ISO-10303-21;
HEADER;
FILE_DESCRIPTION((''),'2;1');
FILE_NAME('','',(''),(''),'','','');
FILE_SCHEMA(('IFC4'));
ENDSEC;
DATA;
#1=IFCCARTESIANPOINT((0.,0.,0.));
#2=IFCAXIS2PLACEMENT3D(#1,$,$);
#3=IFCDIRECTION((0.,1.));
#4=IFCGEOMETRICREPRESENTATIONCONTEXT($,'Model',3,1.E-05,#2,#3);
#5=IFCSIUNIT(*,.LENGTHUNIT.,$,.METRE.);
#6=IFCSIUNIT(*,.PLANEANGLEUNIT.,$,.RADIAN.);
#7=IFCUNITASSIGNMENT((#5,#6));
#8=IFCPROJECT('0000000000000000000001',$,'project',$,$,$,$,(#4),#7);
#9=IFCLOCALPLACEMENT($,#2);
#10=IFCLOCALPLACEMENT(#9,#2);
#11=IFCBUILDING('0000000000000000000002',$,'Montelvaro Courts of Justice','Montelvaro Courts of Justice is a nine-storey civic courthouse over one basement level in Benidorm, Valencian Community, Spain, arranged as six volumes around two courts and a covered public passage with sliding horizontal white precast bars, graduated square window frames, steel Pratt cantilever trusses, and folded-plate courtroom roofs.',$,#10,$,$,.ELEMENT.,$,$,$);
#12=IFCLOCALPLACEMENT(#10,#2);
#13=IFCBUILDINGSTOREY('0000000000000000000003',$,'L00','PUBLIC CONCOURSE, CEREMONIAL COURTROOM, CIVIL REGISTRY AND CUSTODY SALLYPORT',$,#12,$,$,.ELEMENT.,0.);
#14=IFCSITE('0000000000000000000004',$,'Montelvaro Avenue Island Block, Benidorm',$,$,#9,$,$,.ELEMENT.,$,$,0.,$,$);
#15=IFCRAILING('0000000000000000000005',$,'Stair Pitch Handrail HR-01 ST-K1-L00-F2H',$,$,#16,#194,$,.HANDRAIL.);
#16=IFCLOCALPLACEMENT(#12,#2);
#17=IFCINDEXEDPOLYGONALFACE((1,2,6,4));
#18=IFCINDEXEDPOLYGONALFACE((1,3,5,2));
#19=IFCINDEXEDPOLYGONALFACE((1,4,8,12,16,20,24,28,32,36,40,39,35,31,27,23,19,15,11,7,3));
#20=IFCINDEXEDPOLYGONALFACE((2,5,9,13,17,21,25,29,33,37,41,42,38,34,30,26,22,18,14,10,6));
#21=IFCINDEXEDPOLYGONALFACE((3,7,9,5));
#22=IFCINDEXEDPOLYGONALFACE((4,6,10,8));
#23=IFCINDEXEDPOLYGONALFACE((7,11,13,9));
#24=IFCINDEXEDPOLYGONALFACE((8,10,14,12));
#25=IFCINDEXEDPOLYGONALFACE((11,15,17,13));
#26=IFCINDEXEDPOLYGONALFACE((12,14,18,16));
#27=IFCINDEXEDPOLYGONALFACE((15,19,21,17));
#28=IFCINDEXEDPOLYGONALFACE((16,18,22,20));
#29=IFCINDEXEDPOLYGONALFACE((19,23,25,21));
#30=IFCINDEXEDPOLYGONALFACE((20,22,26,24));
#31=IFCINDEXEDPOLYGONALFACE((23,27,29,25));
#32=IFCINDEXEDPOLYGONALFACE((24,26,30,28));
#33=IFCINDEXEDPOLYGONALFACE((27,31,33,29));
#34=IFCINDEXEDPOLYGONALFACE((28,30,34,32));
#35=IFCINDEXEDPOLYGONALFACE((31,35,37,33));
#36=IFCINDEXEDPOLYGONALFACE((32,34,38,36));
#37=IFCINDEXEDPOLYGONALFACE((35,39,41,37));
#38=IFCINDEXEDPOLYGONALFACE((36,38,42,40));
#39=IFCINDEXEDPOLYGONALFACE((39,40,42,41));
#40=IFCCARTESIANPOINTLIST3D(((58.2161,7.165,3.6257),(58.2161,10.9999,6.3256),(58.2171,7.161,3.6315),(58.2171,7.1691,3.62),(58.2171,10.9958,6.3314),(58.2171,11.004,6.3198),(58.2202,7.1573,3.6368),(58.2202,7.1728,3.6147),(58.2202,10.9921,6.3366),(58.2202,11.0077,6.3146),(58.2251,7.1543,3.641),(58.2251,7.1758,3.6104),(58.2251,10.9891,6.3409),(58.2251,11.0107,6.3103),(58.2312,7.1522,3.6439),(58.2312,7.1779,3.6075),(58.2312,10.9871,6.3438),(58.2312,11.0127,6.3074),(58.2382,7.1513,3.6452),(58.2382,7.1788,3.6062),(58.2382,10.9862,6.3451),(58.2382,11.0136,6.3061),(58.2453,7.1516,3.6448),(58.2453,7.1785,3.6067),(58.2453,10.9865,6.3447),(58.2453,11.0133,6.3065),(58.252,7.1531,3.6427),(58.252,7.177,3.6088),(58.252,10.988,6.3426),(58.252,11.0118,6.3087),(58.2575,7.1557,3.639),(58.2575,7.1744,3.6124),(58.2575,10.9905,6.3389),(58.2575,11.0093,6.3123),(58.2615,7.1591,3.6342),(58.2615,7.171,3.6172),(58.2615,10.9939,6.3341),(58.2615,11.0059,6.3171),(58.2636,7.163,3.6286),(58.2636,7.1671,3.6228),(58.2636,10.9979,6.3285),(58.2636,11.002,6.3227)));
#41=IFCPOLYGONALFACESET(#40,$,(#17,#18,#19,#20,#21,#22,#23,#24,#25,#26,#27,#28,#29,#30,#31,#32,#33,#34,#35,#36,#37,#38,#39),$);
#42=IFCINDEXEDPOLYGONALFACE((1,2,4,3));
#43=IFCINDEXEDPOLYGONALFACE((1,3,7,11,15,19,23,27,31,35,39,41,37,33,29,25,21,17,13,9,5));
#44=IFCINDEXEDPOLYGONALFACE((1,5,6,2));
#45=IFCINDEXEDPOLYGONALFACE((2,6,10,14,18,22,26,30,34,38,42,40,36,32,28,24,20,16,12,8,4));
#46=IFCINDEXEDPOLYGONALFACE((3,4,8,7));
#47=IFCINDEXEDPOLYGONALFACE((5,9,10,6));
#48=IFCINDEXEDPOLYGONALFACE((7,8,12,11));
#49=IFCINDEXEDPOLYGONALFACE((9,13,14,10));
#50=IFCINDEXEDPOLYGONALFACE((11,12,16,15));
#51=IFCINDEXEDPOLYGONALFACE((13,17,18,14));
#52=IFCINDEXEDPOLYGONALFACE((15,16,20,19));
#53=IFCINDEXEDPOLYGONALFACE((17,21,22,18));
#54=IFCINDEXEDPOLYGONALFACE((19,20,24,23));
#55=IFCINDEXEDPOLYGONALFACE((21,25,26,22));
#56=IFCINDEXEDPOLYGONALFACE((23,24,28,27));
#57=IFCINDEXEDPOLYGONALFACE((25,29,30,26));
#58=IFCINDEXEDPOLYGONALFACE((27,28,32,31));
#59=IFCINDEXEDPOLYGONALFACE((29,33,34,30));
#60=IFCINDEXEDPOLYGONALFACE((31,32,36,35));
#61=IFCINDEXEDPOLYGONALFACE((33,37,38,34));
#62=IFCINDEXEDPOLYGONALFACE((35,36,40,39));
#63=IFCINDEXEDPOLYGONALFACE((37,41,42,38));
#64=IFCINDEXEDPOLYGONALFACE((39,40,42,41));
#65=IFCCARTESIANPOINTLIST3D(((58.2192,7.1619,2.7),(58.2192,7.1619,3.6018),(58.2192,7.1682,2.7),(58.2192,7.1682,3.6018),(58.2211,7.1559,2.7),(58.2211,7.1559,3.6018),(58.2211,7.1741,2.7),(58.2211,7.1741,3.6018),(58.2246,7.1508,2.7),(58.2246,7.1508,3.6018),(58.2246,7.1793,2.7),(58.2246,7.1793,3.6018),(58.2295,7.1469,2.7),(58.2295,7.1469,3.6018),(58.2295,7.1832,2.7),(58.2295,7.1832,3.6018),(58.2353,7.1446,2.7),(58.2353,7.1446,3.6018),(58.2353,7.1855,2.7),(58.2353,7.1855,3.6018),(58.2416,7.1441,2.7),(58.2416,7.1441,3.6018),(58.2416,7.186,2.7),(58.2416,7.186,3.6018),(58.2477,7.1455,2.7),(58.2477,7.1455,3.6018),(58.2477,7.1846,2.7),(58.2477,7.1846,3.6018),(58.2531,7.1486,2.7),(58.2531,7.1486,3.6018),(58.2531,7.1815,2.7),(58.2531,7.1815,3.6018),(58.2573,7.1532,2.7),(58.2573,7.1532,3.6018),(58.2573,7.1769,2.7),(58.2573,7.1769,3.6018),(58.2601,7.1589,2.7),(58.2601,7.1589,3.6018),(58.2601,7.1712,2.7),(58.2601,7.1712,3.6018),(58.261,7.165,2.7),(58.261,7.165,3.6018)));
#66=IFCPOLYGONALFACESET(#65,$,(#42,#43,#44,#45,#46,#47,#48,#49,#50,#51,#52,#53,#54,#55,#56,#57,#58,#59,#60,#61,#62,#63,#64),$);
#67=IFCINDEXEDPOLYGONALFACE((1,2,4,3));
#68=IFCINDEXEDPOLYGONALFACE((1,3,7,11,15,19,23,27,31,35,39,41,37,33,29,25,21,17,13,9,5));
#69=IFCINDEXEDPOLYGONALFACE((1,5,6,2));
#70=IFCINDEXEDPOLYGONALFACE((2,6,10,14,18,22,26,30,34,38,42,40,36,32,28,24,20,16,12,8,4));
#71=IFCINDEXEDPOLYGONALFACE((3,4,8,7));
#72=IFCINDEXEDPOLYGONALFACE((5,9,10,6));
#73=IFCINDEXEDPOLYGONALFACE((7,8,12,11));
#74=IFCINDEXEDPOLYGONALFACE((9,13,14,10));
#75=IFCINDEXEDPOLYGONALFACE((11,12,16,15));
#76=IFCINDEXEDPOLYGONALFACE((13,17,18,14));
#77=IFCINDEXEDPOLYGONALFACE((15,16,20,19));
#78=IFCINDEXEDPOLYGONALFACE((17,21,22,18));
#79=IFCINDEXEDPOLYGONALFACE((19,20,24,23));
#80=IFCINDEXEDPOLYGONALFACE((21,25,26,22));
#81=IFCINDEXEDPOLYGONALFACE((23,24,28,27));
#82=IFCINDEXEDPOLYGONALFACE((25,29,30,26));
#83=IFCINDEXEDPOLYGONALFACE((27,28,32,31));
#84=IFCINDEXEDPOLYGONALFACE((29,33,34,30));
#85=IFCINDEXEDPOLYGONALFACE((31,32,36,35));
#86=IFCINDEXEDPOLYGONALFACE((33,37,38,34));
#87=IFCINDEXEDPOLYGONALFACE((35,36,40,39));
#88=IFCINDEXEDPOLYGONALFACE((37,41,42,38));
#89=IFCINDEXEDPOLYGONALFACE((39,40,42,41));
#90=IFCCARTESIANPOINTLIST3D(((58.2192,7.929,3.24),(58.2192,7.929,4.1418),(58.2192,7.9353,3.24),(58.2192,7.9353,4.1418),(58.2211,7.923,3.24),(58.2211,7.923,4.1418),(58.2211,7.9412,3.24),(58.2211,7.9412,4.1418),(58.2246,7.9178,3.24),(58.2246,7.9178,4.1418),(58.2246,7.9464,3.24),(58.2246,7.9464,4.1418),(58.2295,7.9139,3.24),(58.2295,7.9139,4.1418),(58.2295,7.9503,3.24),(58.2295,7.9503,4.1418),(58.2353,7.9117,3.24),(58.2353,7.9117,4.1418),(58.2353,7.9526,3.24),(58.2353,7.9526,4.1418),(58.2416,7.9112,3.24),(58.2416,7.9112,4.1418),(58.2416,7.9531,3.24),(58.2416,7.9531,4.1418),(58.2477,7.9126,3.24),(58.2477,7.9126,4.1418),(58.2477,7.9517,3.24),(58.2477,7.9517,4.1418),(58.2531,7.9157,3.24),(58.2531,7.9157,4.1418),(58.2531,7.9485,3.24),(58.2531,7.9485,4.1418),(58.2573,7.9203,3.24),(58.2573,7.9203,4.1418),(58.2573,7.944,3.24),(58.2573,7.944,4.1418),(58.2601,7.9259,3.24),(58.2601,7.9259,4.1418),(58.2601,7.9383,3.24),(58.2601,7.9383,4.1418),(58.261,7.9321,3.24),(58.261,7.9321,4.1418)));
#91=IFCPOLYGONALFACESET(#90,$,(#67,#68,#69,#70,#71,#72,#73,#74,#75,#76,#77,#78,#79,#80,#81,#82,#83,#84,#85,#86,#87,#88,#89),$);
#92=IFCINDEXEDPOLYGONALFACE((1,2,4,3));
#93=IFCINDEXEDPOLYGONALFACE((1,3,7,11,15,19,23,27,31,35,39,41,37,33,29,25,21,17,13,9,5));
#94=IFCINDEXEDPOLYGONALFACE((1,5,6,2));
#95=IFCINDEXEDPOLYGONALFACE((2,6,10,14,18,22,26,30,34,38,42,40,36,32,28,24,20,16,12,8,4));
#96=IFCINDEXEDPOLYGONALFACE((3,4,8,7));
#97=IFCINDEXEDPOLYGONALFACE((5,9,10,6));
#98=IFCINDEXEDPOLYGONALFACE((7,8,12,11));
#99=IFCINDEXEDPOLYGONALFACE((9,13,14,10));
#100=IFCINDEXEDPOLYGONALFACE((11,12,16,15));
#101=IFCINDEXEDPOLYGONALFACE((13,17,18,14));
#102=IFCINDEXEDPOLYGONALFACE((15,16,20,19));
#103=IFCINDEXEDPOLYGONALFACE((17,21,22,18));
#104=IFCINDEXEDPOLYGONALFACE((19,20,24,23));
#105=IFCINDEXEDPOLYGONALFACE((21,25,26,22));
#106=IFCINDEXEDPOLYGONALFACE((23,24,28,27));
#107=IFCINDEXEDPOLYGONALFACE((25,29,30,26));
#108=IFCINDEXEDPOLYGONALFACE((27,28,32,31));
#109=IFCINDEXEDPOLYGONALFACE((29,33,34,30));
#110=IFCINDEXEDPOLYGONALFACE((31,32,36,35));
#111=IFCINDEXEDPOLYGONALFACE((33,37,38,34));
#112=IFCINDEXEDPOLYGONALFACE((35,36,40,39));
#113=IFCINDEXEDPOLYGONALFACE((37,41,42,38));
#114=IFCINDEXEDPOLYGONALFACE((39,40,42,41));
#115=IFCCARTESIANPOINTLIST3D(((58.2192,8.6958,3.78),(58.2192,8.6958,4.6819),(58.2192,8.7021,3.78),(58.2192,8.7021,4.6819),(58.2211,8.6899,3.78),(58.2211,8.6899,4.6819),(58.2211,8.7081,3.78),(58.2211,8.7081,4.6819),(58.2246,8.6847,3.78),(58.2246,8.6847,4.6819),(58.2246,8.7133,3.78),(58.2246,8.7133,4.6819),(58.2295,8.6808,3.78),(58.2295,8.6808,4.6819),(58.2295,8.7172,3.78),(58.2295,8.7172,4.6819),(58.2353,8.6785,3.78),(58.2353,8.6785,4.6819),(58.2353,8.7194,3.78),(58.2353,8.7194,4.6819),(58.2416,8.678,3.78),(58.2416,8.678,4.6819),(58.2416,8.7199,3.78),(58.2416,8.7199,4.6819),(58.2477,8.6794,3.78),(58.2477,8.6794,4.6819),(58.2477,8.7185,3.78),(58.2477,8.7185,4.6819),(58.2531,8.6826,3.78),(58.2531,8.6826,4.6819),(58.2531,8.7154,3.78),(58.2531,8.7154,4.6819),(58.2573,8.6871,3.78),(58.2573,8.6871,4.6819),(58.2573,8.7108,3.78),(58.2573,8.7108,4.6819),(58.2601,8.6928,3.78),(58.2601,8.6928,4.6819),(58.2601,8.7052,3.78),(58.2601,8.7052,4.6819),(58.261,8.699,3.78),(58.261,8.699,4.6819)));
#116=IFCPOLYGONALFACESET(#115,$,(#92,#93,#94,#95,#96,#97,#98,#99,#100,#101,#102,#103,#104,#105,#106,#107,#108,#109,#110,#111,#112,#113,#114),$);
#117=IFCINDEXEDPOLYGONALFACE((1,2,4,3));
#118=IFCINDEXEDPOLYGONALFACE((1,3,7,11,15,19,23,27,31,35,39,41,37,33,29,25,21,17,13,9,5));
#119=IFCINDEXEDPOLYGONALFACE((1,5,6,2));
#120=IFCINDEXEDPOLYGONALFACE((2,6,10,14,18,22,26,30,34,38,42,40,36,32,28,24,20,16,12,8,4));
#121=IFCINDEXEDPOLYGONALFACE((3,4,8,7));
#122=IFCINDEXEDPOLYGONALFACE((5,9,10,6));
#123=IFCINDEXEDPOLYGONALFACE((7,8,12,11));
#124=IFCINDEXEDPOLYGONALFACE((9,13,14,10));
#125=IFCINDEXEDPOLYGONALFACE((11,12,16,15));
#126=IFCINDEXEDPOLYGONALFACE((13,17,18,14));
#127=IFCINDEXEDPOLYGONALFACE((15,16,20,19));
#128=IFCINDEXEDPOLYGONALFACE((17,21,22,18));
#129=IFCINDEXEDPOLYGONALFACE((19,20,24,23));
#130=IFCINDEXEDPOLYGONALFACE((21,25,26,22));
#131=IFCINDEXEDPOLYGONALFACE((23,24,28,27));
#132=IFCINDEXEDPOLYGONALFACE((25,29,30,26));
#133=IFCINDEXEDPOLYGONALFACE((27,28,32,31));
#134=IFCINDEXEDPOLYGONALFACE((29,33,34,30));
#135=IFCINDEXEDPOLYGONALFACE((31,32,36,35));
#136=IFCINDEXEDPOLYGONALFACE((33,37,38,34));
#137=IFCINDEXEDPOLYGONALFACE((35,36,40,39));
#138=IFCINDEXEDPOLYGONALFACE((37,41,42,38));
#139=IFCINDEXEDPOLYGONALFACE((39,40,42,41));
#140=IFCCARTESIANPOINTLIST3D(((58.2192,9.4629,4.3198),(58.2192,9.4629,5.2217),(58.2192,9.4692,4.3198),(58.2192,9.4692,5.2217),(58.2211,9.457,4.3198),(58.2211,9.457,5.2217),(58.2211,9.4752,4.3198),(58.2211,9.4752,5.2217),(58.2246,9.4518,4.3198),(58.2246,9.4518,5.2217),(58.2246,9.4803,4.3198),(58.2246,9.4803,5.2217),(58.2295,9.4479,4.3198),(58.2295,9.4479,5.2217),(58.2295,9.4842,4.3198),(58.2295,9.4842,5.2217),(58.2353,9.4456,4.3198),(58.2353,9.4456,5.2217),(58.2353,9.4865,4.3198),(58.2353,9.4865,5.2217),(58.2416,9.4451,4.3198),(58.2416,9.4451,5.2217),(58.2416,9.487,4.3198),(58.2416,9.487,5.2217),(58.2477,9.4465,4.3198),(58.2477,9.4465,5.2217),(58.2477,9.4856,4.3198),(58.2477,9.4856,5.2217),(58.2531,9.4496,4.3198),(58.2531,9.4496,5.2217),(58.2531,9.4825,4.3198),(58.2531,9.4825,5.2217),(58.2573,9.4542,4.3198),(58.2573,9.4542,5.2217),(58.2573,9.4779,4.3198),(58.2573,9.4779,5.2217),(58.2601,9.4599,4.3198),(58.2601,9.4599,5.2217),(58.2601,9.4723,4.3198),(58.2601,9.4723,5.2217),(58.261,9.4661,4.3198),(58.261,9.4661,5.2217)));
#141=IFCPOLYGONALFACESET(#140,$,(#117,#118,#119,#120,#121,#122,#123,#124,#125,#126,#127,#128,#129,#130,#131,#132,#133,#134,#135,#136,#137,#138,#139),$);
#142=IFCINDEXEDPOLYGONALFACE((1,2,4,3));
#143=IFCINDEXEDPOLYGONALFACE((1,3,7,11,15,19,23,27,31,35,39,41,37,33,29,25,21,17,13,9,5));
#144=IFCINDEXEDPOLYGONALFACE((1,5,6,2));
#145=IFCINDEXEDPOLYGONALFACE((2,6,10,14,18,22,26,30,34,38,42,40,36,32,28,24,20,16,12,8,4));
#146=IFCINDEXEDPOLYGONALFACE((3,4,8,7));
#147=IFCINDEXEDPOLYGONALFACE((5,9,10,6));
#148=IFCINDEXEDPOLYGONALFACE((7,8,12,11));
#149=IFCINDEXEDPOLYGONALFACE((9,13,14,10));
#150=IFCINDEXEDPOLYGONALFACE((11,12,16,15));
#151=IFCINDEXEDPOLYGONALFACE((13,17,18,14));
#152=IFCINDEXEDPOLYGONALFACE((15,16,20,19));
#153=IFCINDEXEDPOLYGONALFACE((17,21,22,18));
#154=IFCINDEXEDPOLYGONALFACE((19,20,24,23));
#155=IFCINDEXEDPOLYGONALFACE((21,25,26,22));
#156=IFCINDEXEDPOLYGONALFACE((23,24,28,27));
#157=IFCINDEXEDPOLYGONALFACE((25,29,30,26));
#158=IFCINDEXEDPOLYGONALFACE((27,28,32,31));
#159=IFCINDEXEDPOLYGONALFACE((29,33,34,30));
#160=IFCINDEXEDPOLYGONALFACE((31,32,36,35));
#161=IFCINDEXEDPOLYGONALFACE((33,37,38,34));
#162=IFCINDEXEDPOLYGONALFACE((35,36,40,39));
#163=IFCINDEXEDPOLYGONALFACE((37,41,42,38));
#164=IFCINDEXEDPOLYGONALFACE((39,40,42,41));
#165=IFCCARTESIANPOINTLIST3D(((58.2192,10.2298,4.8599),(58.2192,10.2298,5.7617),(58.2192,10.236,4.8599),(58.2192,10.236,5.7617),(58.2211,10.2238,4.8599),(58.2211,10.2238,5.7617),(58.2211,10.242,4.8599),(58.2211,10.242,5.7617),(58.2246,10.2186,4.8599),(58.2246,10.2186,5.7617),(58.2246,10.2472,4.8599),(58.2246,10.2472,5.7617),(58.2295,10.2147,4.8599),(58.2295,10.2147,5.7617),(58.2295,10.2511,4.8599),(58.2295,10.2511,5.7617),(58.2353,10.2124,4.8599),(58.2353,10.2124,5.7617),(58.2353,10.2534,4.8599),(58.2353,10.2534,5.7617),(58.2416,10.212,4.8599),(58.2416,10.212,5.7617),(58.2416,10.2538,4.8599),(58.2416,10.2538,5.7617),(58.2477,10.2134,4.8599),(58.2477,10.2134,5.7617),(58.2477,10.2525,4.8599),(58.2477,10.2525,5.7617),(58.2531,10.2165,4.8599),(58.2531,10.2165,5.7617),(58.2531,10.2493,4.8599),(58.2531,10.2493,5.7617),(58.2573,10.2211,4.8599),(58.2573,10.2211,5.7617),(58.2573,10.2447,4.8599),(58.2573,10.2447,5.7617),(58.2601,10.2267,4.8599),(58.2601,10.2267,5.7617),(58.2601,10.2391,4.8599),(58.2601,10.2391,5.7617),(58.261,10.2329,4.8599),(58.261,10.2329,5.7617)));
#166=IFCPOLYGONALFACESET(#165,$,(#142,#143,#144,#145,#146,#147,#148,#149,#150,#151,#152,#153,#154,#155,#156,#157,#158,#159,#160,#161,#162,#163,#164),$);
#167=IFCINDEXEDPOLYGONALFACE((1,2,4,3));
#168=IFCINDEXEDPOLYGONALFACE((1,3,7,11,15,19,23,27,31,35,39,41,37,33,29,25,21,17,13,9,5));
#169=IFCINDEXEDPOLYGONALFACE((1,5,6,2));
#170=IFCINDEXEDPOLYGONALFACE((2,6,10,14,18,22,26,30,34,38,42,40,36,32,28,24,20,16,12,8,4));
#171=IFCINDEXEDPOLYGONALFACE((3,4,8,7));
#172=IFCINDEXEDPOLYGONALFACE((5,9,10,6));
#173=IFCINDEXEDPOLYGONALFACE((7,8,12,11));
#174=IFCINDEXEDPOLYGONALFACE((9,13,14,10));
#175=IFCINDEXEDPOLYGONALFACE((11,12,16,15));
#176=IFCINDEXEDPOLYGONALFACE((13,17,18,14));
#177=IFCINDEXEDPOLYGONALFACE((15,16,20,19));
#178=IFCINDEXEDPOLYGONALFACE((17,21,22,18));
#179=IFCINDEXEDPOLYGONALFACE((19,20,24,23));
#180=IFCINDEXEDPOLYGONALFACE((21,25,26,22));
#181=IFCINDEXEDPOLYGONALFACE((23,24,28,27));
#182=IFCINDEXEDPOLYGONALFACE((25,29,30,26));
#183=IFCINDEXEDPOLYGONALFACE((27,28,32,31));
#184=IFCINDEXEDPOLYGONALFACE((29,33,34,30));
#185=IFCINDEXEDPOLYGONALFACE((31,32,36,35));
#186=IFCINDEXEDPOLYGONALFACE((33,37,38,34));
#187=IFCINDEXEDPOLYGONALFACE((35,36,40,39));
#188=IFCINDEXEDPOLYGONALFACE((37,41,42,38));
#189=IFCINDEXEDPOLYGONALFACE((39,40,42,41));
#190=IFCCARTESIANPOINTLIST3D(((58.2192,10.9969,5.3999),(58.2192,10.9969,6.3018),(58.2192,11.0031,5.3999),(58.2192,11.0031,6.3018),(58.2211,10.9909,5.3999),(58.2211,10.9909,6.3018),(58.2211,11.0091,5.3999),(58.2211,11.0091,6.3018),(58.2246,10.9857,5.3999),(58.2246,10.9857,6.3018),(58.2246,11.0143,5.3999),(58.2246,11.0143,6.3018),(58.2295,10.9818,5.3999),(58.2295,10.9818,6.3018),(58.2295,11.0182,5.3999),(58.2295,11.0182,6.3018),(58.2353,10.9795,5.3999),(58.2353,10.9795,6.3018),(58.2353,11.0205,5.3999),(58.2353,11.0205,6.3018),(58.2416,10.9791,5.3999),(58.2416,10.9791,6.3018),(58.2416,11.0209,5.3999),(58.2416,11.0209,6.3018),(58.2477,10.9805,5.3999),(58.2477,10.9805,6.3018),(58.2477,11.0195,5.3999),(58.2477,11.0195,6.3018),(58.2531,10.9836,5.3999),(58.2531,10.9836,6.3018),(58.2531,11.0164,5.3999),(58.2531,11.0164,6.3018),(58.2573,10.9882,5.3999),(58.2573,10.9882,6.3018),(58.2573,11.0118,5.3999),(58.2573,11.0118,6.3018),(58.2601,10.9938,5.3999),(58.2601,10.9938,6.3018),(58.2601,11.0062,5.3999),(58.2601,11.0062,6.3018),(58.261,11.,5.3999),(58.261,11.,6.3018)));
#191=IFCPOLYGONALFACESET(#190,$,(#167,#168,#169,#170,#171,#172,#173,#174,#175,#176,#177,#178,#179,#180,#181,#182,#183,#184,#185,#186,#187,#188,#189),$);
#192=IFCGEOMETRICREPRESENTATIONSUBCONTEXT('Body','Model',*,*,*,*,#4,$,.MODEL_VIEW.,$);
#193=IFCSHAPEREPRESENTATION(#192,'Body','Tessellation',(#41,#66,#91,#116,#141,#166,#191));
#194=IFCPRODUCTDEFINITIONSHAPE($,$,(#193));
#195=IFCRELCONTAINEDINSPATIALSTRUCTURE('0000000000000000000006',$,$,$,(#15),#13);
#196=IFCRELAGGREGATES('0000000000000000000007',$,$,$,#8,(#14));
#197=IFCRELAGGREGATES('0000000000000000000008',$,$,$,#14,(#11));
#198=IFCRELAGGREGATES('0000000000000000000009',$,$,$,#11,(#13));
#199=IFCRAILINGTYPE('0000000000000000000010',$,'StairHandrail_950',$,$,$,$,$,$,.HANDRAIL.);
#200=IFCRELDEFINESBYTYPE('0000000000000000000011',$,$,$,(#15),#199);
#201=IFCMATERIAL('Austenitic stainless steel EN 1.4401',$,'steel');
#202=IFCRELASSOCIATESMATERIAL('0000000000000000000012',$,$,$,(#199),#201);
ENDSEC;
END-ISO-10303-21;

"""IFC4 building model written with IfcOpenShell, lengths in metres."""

from ifc_helpers import new_model, si_unit, direction, frame, origin, origin_2d, place, context, subcontext, project, spatial, circle, extrude, material, type_object, element, save


model = new_model("IFC4")

# Units and contexts
model_context = context("Model", 3, precision=1e-05, world=origin(), true_north=direction((0.0, 1.0)))
body_context = subcontext(model_context, "Body", "Model", "MODEL_VIEW")
ifc_project = project(units=[si_unit("LENGTHUNIT", "METRE"), si_unit("PLANEANGLEUNIT", "RADIAN")], contexts=[model_context])

# Site, building, storey
site_placement = place(None, origin())
site = spatial("IfcSite", under=ifc_project, at=site_placement, Name="Montelvaro Avenue Island Block, Benidorm", CompositionType="ELEMENT", RefElevation=0.0)
building_placement = place(site_placement, origin())
building = spatial("IfcBuilding", under=site, at=building_placement, Name="Montelvaro Courts of Justice", Description="Montelvaro Courts of Justice is a nine-storey civic courthouse over one basement level in Benidorm, Valencian Community, Spain, arranged as six volumes around two courts and a covered public passage with sliding horizontal white precast bars, graduated square window frames, steel Pratt cantilever trusses, and folded-plate courtroom roofs.", CompositionType="ELEMENT")
storey_placement = place(building_placement, origin())
storey = spatial("IfcBuildingStorey", under=building, at=storey_placement, Name="L00", Description="PUBLIC CONCOURSE, CEREMONIAL COURTROOM, CIVIL REGISTRY AND CUSTODY SALLYPORT", CompositionType="ELEMENT", Elevation=0.0)

# Railing
ifc_material_1 = material(Name="Austenitic stainless steel EN 1.4401", Category="steel")
railing_type = type_object("IfcRailingType", Name="StairHandrail_950", PredefinedType="HANDRAIL", material=ifc_material_1)
railing_placement = place(storey_placement, frame((58.24, 7.165, 2.7)))
element("IfcRailing", 1, at=railing_placement, inside=storey, type_object=railing_type, Name="Stair Pitch Handrail HR-01 ST-K1-L00-F2H", PredefinedType="HANDRAIL", context=body_context, shape_type="SweptSolid", body=[
    extrude(circle(Radius=0.0239, at=origin_2d()), frame((0.0, 0.0, 0.9258), z_axis=(0.0, 0.817678, 0.575675), x_axis=(-1.0, 0.0, 0.0)), (0.0, 0.0, 1.0), 4.6899),
    extrude(circle(Radius=0.021, at=origin_2d()), origin(), (0.0, 0.0, 1.0), 0.9019),
    extrude(circle(Radius=0.021, at=origin_2d()), frame((0.0, 0.7671, 0.54)), (0.0, 0.0, 1.0), 0.9019),
    extrude(circle(Radius=0.021, at=origin_2d()), frame((0.0, 1.5339, 1.0801)), (0.0, 0.0, 1.0), 0.9019),
    extrude(circle(Radius=0.021, at=origin_2d()), frame((0.0, 2.301, 1.6199)), (0.0, 0.0, 1.0), 0.9019),
    extrude(circle(Radius=0.021, at=origin_2d()), frame((0.0, 3.0679, 2.1599)), (0.0, 0.0, 1.0), 0.9019),
    extrude(circle(Radius=0.021, at=origin_2d()), frame((0.0, 3.835, 2.7)), (0.0, 0.0, 1.0), 0.9019),
])

save(model, "model.ifc")
